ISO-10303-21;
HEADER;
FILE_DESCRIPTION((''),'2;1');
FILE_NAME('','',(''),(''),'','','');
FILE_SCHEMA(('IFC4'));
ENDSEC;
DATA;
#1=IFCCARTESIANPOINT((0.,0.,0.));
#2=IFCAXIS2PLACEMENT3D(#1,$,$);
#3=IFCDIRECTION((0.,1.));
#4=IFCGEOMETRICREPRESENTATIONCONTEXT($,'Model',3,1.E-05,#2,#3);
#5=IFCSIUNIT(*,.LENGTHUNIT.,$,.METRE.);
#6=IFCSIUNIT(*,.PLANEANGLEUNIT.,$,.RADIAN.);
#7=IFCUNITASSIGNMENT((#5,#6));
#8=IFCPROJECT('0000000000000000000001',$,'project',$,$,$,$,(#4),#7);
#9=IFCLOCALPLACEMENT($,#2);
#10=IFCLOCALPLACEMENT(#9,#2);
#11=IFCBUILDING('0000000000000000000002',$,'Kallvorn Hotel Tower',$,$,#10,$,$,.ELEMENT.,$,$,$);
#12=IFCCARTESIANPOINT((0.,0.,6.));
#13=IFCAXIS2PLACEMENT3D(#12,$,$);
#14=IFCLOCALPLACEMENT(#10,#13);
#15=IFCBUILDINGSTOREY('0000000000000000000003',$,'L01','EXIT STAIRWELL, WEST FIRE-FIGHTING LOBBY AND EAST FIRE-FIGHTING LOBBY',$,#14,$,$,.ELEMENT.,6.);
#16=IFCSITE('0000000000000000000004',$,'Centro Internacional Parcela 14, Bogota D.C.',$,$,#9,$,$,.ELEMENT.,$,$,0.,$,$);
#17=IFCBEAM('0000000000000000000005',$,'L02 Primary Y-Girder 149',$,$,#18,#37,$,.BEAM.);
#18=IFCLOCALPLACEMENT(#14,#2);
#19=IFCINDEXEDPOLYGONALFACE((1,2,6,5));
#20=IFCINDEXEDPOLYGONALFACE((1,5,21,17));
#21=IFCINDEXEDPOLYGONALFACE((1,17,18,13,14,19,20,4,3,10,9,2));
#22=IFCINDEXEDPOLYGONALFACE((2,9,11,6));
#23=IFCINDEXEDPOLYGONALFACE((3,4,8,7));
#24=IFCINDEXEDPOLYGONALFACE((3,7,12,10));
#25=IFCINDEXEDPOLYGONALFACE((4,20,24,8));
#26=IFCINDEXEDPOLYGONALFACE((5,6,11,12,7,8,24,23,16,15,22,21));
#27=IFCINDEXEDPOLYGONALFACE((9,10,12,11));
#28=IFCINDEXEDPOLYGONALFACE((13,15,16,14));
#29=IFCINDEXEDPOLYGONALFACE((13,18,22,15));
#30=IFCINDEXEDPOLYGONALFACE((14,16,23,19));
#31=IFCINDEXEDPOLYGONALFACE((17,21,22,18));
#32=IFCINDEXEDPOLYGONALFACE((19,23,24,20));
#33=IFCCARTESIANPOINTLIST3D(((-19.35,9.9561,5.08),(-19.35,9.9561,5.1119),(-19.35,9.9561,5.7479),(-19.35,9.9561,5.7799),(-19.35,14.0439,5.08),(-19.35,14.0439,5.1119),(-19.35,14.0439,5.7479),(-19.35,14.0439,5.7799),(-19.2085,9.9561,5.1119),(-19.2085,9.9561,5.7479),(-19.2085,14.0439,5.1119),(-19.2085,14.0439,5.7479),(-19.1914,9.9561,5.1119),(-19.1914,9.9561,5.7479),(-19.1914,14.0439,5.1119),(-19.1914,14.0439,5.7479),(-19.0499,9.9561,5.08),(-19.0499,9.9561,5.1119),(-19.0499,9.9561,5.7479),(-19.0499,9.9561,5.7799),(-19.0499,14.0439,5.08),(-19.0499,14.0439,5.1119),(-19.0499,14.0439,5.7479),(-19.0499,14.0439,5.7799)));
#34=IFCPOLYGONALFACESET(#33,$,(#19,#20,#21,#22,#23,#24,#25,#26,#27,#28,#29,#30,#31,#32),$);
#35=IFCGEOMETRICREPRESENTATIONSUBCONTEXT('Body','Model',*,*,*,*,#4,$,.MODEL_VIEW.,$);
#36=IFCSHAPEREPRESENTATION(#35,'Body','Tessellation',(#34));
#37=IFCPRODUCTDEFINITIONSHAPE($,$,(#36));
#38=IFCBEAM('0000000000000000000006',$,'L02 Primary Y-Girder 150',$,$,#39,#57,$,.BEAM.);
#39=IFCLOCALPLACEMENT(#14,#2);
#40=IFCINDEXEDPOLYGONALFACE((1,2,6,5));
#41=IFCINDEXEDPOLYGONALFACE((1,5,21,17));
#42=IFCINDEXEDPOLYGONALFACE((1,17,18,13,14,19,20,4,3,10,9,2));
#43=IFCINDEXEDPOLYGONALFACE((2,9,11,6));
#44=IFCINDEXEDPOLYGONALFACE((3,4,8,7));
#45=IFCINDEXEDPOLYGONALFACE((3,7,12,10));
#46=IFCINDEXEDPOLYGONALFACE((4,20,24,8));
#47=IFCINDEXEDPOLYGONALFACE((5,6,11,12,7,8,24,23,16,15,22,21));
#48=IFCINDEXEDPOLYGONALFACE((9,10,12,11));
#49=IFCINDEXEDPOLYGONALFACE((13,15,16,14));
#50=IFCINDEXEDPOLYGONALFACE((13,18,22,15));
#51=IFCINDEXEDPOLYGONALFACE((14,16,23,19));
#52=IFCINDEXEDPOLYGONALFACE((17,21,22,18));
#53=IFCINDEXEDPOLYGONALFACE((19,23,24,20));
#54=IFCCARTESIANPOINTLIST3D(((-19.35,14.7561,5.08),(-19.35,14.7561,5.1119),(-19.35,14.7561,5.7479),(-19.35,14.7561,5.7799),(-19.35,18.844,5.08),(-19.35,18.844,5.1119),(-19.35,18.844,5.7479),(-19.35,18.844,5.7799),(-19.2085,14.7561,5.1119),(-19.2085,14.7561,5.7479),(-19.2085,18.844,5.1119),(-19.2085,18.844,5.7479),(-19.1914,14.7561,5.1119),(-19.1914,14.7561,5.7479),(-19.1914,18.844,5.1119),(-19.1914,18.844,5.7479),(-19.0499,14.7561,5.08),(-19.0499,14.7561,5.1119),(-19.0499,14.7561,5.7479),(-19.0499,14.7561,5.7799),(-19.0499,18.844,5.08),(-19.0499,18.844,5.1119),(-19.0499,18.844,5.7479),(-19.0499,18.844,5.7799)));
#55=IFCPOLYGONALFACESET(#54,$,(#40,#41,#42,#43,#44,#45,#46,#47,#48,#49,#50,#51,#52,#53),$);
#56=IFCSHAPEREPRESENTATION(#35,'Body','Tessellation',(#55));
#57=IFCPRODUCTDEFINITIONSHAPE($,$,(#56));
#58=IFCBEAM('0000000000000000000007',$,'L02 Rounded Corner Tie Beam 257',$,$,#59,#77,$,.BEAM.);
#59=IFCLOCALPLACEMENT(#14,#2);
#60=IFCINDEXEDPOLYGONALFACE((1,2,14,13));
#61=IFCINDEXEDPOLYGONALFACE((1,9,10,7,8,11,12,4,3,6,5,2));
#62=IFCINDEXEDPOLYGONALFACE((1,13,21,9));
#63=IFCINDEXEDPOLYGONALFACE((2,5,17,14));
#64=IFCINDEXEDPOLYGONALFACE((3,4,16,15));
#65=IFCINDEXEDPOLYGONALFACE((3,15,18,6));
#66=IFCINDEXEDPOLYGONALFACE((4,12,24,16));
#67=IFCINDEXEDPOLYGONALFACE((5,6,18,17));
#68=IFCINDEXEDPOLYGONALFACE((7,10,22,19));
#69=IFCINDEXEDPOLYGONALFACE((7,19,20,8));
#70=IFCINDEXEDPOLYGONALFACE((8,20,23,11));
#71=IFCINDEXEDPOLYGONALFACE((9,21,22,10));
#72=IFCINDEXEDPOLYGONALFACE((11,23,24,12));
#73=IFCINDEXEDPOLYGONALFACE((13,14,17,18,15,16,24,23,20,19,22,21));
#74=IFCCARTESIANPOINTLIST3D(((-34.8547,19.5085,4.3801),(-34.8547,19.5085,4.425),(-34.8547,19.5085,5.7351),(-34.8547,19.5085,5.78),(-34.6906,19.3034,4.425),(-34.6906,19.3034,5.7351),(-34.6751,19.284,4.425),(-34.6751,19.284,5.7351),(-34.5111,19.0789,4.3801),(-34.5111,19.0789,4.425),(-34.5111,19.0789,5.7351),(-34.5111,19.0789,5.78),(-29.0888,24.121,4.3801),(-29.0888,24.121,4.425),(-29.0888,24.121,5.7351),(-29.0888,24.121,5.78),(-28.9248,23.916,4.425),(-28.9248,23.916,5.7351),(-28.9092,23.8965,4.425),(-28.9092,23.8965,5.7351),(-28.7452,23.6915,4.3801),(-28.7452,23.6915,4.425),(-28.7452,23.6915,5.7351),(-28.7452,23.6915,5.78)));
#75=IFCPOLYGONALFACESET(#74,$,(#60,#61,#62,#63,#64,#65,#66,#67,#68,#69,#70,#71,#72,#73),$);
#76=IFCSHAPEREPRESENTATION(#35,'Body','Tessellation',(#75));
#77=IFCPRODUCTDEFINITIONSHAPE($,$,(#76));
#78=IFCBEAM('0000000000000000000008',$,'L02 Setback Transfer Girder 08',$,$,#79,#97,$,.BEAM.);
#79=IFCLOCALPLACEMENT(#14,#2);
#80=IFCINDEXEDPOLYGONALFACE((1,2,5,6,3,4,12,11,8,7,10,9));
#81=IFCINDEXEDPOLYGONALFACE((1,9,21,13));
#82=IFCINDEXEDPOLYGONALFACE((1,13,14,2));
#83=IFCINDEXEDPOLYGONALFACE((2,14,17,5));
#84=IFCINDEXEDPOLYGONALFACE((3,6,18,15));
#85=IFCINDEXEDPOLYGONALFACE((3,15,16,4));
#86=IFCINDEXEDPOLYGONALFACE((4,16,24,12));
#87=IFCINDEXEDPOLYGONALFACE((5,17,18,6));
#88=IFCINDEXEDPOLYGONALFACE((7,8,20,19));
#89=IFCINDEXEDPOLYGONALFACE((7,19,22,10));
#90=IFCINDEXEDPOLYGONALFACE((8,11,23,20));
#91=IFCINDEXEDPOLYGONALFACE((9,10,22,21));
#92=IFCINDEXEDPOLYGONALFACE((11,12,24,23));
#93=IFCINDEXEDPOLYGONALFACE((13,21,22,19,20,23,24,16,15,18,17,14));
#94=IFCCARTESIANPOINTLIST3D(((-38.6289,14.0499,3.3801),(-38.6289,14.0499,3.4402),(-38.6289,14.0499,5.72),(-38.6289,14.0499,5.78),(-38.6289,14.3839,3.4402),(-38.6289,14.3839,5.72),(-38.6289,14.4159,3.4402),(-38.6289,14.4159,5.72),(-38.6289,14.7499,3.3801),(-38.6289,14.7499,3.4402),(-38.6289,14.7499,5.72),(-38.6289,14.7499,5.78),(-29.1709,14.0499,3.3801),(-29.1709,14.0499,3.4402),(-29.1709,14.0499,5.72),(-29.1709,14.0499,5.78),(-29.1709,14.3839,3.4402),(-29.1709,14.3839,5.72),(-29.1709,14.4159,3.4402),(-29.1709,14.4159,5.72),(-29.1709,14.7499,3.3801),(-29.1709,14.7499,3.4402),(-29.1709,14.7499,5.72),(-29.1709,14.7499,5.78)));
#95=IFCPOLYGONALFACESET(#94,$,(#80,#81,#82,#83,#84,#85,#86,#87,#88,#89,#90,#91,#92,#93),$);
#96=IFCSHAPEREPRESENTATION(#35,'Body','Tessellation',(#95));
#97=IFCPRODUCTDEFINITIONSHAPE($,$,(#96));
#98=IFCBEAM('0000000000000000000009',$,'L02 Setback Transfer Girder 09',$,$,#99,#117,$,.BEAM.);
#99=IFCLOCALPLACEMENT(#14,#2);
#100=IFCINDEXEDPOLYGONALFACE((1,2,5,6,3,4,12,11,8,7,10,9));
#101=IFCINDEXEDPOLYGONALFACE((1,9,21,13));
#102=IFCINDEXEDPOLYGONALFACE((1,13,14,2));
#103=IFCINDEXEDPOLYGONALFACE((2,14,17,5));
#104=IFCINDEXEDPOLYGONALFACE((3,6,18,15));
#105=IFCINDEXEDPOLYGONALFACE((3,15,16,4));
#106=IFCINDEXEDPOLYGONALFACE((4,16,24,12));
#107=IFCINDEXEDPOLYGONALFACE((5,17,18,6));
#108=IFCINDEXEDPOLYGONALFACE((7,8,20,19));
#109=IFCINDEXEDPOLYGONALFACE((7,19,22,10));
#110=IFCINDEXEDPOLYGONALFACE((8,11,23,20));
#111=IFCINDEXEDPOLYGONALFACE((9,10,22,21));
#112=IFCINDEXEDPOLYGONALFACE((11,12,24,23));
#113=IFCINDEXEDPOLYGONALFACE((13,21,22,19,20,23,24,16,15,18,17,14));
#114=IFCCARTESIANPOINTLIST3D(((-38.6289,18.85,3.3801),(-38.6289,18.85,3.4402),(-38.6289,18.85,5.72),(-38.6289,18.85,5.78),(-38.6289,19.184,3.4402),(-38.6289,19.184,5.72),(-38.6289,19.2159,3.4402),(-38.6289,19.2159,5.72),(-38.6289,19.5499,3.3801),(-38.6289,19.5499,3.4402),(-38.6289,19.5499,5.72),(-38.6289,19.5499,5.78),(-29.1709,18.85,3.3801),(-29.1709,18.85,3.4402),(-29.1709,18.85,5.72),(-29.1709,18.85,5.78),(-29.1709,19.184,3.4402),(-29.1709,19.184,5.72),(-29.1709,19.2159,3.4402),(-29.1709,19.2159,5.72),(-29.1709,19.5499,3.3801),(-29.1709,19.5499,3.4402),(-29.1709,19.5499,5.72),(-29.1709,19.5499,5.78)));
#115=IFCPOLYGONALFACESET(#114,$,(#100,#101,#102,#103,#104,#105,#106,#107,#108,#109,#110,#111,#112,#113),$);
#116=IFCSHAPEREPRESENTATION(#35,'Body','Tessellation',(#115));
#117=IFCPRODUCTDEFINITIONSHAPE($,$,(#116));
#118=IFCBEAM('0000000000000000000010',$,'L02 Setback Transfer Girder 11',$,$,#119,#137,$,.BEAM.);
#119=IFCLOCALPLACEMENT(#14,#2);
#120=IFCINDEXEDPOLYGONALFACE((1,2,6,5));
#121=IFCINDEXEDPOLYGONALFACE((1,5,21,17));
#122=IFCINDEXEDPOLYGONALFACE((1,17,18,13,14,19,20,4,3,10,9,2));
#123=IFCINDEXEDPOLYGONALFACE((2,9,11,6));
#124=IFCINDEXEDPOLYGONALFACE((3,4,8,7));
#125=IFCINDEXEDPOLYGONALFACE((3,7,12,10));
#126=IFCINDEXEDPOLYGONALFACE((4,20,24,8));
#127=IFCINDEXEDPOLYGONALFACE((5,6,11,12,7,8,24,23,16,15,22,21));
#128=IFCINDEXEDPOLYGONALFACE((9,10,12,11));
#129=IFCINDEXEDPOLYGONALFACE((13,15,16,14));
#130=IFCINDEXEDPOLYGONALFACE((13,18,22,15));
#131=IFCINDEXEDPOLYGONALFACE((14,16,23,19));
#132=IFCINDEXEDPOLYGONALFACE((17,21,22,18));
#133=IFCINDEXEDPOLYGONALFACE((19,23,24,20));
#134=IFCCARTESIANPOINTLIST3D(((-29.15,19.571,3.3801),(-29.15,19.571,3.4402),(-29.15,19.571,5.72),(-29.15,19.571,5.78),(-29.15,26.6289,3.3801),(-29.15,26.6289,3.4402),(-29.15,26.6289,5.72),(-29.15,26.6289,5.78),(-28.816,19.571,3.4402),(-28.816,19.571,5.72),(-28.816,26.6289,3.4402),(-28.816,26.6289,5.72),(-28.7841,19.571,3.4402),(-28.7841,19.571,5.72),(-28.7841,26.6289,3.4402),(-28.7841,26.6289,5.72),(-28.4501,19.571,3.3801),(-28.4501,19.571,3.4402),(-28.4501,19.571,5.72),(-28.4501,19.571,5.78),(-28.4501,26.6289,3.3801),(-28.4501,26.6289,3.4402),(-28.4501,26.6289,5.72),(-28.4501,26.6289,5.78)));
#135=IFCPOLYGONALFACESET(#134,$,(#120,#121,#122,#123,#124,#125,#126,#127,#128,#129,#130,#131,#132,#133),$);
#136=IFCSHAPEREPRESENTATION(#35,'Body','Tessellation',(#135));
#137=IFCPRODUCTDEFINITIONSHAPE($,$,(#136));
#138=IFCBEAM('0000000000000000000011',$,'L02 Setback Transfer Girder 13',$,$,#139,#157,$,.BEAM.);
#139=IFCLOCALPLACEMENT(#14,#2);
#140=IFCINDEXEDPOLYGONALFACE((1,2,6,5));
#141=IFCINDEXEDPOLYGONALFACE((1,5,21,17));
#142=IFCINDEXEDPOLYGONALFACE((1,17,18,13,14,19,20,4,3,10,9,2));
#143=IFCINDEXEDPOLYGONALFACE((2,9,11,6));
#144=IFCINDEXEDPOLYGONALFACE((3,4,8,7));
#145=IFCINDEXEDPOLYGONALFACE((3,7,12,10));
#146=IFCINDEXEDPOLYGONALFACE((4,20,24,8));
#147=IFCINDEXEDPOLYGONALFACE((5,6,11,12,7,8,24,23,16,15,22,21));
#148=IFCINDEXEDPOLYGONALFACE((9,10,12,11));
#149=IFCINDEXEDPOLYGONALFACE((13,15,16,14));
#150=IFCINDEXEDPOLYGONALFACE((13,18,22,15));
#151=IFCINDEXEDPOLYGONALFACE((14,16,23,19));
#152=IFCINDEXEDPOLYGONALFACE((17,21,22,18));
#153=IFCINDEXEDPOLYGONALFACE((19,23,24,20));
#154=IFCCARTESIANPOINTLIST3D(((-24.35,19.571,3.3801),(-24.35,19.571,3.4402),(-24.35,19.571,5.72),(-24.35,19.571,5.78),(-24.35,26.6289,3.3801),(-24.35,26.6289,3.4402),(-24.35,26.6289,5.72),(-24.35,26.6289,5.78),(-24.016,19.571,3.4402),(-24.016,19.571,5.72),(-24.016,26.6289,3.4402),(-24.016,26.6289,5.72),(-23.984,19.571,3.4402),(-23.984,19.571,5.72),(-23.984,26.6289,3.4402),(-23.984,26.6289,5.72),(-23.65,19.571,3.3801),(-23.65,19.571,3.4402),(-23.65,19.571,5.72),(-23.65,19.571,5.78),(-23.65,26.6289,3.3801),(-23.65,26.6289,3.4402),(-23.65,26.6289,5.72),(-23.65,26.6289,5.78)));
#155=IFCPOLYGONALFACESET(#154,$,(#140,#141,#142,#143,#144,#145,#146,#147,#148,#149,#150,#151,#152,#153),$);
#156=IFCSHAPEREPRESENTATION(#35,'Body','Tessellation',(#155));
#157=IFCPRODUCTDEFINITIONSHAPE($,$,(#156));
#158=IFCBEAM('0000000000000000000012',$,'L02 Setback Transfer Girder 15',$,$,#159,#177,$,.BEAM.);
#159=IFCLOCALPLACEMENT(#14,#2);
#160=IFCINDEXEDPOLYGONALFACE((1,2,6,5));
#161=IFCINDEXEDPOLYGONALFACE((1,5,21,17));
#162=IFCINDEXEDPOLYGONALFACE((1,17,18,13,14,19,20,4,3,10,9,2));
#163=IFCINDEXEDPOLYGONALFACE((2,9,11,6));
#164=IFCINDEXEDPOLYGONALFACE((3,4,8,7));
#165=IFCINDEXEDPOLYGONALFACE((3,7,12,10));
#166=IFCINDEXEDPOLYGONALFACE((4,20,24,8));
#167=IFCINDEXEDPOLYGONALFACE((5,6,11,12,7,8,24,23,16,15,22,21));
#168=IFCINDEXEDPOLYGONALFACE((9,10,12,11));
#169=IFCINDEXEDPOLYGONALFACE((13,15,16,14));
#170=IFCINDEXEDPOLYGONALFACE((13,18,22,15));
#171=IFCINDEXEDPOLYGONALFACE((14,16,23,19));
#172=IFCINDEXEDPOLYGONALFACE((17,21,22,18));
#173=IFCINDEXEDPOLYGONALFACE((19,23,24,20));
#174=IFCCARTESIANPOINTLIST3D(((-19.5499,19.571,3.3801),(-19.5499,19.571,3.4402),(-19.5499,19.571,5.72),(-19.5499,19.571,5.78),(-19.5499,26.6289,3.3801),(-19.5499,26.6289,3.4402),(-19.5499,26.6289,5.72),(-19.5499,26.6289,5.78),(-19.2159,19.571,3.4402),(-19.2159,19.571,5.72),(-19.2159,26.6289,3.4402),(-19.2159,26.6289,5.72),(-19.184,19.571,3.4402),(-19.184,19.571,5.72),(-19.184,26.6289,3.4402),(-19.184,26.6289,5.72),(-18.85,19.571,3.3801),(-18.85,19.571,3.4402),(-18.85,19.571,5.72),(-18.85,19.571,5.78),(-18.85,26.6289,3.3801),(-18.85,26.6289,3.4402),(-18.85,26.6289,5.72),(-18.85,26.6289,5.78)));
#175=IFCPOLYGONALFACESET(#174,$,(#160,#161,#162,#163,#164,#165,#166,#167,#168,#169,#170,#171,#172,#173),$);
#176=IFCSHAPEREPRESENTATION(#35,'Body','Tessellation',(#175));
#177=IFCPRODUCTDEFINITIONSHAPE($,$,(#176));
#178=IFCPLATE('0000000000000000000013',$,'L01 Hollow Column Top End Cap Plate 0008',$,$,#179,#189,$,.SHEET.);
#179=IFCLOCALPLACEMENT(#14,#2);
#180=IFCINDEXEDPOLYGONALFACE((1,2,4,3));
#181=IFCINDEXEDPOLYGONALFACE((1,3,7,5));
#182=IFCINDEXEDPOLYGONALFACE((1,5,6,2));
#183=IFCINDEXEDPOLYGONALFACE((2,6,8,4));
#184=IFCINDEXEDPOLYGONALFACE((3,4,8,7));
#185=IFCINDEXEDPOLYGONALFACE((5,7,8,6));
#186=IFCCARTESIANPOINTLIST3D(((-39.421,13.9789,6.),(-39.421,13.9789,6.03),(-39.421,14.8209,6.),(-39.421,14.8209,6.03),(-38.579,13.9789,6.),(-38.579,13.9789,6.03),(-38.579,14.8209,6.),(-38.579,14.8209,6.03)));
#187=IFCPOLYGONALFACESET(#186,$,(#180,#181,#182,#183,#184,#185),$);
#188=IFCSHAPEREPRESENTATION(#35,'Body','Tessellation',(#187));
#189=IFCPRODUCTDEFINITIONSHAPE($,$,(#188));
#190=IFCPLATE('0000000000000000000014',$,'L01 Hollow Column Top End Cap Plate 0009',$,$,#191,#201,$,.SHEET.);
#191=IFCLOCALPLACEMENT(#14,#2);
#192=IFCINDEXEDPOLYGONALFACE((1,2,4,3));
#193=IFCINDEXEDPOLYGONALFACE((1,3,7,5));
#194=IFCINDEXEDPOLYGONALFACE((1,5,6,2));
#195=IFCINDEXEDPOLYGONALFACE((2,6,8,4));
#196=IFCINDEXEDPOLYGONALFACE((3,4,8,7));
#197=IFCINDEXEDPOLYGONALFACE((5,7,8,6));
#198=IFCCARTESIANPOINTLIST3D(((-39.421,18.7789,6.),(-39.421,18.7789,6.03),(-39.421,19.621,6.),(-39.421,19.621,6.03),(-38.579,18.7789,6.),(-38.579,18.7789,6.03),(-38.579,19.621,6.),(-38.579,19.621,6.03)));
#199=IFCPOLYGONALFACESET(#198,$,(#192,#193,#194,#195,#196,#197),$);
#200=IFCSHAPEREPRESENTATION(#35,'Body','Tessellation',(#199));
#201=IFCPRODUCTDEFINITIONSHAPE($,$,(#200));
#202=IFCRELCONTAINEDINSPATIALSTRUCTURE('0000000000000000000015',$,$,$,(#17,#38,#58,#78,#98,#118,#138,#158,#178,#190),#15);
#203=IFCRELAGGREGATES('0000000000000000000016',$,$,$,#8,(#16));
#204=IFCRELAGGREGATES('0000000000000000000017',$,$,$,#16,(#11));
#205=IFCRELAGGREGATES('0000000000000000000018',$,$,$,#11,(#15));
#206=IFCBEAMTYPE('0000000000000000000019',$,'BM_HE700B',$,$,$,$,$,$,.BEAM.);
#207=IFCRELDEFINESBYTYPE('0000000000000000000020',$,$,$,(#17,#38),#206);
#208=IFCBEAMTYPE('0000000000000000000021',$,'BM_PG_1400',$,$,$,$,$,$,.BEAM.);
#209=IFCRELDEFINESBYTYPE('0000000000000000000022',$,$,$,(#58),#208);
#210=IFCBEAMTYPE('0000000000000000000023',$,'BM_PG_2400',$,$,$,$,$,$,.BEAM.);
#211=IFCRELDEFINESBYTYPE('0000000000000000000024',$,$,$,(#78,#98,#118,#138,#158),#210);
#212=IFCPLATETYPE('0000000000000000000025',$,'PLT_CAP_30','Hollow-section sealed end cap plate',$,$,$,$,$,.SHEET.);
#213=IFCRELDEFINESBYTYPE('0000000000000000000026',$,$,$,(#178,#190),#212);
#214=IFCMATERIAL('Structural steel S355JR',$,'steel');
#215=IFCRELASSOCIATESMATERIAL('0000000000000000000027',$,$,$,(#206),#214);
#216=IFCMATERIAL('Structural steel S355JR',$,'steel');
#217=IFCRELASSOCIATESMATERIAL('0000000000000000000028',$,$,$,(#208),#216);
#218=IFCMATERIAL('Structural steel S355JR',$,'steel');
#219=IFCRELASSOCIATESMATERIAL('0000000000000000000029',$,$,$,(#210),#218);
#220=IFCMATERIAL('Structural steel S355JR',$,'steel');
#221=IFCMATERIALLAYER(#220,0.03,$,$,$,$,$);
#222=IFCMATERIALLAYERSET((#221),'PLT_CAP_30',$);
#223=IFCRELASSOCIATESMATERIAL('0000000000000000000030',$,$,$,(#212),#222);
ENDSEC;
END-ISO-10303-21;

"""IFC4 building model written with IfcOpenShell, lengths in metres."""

from ifc_helpers import new_model, si_unit, direction, frame, origin, origin_2d, place, context, subcontext, project, spatial, rectangle, i_section, extrude, material, layer, layer_set, material_profile, profile_set, type_object, element, save


model = new_model("IFC4")

# Units and contexts
model_context = context("Model", 3, precision=1e-05, world=origin(), true_north=direction((0.0, 1.0)))
body_context = subcontext(model_context, "Body", "Model", "MODEL_VIEW")
ifc_project = project(units=[si_unit("LENGTHUNIT", "METRE"), si_unit("PLANEANGLEUNIT", "RADIAN")], contexts=[model_context])

# Site, building, storey
site_placement = place(None, origin())
site = spatial("IfcSite", under=ifc_project, at=site_placement, Name="Centro Internacional Parcela 14, Bogota D.C.", CompositionType="ELEMENT", RefElevation=0.0)
building_placement = place(site_placement, origin())
building = spatial("IfcBuilding", under=site, at=building_placement, Name="Kallvorn Hotel Tower", CompositionType="ELEMENT")
storey_placement = place(building_placement, frame((0.0, 0.0, 6.0)))
storey = spatial("IfcBuildingStorey", under=building, at=storey_placement, Name="L01", Description="EXIT STAIRWELL, WEST FIRE-FIGHTING LOBBY AND EAST FIRE-FIGHTING LOBBY", CompositionType="ELEMENT", Elevation=6.0)

# Beams
ifc_material_1 = material(Name="Structural steel S355JR", Category="steel")
ifc_material_profile_1 = material_profile(ifc_material_1, i_section(OverallWidth=0.3, OverallDepth=0.7, WebThickness=0.0171, FlangeThickness=0.032, at=origin_2d()), Name="HE 700 B")
ifc_profile_set_1 = profile_set([ifc_material_profile_1], Name="Structural steel S355JR")
beam_type_1 = type_object("IfcBeamType", Name="BM_HE700B", PredefinedType="BEAM", material=ifc_profile_set_1)
for number, where, z_axis, x_axis, name in (
    (1, (-19.2, 9.9561, 5.4299), (0.0, 1.0, 0.0), (-1.0, 0.0, 0.0), "L02 Primary Y-Girder 149"),
    (2, (-19.2, 14.7561, 5.4299), (0.0, 1.0, 0.0), (-1.0, 0.0, 0.0), "L02 Primary Y-Girder 150"),
):
    element("IfcBeam", number, at=place(storey_placement, frame(where, z_axis=z_axis, x_axis=x_axis)), inside=storey, type_object=beam_type_1, Name=name, PredefinedType="BEAM", context=body_context, shape_type="SweptSolid", body=[
        extrude(i_section(OverallWidth=0.3, OverallDepth=0.7, WebThickness=0.0171, FlangeThickness=0.032, at=origin_2d()), origin(), (0.0, 0.0, 1.0), 4.0879),
    ])
ifc_material_2 = material(Name="Structural steel S355JR", Category="steel")
ifc_material_profile_2 = material_profile(ifc_material_2, i_section(OverallWidth=0.55, OverallDepth=1.3999, WebThickness=0.0249, FlangeThickness=0.0449, at=origin_2d()), Name="PG 1400x550x25x45")
ifc_profile_set_2 = profile_set([ifc_material_profile_2], Name="Structural steel S355JR")
beam_type_2 = type_object("IfcBeamType", Name="BM_PG_1400", PredefinedType="BEAM", material=ifc_profile_set_2)
beam_1_placement = place(storey_placement, frame((-34.6829, 19.2937, 5.0801), z_axis=(0.780878, 0.624683, 0.0), x_axis=(-0.624683, 0.780878, 0.0)))
element("IfcBeam", 3, at=beam_1_placement, inside=storey, type_object=beam_type_2, Name="L02 Rounded Corner Tie Beam 257", PredefinedType="BEAM", context=body_context, shape_type="SweptSolid", body=[
    extrude(i_section(OverallWidth=0.55, OverallDepth=1.3999, WebThickness=0.0249, FlangeThickness=0.0449, at=origin_2d()), origin(), (0.0, 0.0, 1.0), 7.3838),
])
ifc_material_3 = material(Name="Structural steel S355JR", Category="steel")
ifc_material_profile_3 = material_profile(ifc_material_3, i_section(OverallWidth=0.7, OverallDepth=2.3999, WebThickness=0.032, FlangeThickness=0.0601, at=origin_2d()), Name="PG 2400x700x32x60")
ifc_profile_set_3 = profile_set([ifc_material_profile_3], Name="Structural steel S355JR")
beam_type_3 = type_object("IfcBeamType", Name="BM_PG_2400", PredefinedType="BEAM", material=ifc_profile_set_3)
for number, where, z_axis, x_axis, name in (
    (4, (-38.6289, 14.3999, 4.5801), (1.0, 0.0, 0.0), (0.0, 1.0, 0.0), "L02 Setback Transfer Girder 08"),
    (5, (-38.6289, 19.2, 4.5801), (1.0, 0.0, 0.0), (0.0, 1.0, 0.0), "L02 Setback Transfer Girder 09"),
):
    element("IfcBeam", number, at=place(storey_placement, frame(where, z_axis=z_axis, x_axis=x_axis)), inside=storey, type_object=beam_type_3, Name=name, PredefinedType="BEAM", context=body_context, shape_type="SweptSolid", body=[
        extrude(i_section(OverallWidth=0.7, OverallDepth=2.3999, WebThickness=0.032, FlangeThickness=0.0601, at=origin_2d()), origin(), (0.0, 0.0, 1.0), 9.458),
    ])
for number, where, z_axis, x_axis, name in (
    (6, (-28.8, 19.571, 4.5801), (0.0, 1.0, 0.0), (-1.0, 0.0, 0.0), "L02 Setback Transfer Girder 11"),
    (7, (-24.0, 19.571, 4.5801), (0.0, 1.0, 0.0), (-1.0, 0.0, 0.0), "L02 Setback Transfer Girder 13"),
    (8, (-19.2, 19.571, 4.5801), (0.0, 1.0, 0.0), (-1.0, 0.0, 0.0), "L02 Setback Transfer Girder 15"),
):
    element("IfcBeam", number, at=place(storey_placement, frame(where, z_axis=z_axis, x_axis=x_axis)), inside=storey, type_object=beam_type_3, Name=name, PredefinedType="BEAM", context=body_context, shape_type="SweptSolid", body=[
        extrude(i_section(OverallWidth=0.7, OverallDepth=2.3999, WebThickness=0.032, FlangeThickness=0.0601, at=origin_2d()), origin(), (0.0, 0.0, 1.0), 7.0579),
    ])

# Plates
ifc_material_4 = material(Name="Structural steel S355JR", Category="steel")
ifc_layer_1 = layer(ifc_material_4, 0.03)
ifc_layer_set_1 = layer_set([ifc_layer_1], Name="PLT_CAP_30")
plate_type = type_object("IfcPlateType", Name="PLT_CAP_30", Description="Hollow-section sealed end cap plate", PredefinedType="SHEET", material=ifc_layer_set_1)
for number, where, z_axis, x_axis, name in (
    (9, (-39.0, 14.3999, 6.0), (0.0, 0.0, 1.0), (1.0, 0.0, 0.0), "L01 Hollow Column Top End Cap Plate 0008"),
    (10, (-39.0, 19.2, 6.0), (0.0, 0.0, 1.0), (1.0, 0.0, 0.0), "L01 Hollow Column Top End Cap Plate 0009"),
):
    element("IfcPlate", number, at=place(storey_placement, frame(where, z_axis=z_axis, x_axis=x_axis)), inside=storey, type_object=plate_type, Name=name, PredefinedType="SHEET", context=body_context, shape_type="SweptSolid", body=[
        extrude(rectangle(XDim=0.842, YDim=0.842, at=origin_2d()), origin(), (0.0, 0.0, 1.0), 0.03),
    ])

save(model, "model.ifc")
